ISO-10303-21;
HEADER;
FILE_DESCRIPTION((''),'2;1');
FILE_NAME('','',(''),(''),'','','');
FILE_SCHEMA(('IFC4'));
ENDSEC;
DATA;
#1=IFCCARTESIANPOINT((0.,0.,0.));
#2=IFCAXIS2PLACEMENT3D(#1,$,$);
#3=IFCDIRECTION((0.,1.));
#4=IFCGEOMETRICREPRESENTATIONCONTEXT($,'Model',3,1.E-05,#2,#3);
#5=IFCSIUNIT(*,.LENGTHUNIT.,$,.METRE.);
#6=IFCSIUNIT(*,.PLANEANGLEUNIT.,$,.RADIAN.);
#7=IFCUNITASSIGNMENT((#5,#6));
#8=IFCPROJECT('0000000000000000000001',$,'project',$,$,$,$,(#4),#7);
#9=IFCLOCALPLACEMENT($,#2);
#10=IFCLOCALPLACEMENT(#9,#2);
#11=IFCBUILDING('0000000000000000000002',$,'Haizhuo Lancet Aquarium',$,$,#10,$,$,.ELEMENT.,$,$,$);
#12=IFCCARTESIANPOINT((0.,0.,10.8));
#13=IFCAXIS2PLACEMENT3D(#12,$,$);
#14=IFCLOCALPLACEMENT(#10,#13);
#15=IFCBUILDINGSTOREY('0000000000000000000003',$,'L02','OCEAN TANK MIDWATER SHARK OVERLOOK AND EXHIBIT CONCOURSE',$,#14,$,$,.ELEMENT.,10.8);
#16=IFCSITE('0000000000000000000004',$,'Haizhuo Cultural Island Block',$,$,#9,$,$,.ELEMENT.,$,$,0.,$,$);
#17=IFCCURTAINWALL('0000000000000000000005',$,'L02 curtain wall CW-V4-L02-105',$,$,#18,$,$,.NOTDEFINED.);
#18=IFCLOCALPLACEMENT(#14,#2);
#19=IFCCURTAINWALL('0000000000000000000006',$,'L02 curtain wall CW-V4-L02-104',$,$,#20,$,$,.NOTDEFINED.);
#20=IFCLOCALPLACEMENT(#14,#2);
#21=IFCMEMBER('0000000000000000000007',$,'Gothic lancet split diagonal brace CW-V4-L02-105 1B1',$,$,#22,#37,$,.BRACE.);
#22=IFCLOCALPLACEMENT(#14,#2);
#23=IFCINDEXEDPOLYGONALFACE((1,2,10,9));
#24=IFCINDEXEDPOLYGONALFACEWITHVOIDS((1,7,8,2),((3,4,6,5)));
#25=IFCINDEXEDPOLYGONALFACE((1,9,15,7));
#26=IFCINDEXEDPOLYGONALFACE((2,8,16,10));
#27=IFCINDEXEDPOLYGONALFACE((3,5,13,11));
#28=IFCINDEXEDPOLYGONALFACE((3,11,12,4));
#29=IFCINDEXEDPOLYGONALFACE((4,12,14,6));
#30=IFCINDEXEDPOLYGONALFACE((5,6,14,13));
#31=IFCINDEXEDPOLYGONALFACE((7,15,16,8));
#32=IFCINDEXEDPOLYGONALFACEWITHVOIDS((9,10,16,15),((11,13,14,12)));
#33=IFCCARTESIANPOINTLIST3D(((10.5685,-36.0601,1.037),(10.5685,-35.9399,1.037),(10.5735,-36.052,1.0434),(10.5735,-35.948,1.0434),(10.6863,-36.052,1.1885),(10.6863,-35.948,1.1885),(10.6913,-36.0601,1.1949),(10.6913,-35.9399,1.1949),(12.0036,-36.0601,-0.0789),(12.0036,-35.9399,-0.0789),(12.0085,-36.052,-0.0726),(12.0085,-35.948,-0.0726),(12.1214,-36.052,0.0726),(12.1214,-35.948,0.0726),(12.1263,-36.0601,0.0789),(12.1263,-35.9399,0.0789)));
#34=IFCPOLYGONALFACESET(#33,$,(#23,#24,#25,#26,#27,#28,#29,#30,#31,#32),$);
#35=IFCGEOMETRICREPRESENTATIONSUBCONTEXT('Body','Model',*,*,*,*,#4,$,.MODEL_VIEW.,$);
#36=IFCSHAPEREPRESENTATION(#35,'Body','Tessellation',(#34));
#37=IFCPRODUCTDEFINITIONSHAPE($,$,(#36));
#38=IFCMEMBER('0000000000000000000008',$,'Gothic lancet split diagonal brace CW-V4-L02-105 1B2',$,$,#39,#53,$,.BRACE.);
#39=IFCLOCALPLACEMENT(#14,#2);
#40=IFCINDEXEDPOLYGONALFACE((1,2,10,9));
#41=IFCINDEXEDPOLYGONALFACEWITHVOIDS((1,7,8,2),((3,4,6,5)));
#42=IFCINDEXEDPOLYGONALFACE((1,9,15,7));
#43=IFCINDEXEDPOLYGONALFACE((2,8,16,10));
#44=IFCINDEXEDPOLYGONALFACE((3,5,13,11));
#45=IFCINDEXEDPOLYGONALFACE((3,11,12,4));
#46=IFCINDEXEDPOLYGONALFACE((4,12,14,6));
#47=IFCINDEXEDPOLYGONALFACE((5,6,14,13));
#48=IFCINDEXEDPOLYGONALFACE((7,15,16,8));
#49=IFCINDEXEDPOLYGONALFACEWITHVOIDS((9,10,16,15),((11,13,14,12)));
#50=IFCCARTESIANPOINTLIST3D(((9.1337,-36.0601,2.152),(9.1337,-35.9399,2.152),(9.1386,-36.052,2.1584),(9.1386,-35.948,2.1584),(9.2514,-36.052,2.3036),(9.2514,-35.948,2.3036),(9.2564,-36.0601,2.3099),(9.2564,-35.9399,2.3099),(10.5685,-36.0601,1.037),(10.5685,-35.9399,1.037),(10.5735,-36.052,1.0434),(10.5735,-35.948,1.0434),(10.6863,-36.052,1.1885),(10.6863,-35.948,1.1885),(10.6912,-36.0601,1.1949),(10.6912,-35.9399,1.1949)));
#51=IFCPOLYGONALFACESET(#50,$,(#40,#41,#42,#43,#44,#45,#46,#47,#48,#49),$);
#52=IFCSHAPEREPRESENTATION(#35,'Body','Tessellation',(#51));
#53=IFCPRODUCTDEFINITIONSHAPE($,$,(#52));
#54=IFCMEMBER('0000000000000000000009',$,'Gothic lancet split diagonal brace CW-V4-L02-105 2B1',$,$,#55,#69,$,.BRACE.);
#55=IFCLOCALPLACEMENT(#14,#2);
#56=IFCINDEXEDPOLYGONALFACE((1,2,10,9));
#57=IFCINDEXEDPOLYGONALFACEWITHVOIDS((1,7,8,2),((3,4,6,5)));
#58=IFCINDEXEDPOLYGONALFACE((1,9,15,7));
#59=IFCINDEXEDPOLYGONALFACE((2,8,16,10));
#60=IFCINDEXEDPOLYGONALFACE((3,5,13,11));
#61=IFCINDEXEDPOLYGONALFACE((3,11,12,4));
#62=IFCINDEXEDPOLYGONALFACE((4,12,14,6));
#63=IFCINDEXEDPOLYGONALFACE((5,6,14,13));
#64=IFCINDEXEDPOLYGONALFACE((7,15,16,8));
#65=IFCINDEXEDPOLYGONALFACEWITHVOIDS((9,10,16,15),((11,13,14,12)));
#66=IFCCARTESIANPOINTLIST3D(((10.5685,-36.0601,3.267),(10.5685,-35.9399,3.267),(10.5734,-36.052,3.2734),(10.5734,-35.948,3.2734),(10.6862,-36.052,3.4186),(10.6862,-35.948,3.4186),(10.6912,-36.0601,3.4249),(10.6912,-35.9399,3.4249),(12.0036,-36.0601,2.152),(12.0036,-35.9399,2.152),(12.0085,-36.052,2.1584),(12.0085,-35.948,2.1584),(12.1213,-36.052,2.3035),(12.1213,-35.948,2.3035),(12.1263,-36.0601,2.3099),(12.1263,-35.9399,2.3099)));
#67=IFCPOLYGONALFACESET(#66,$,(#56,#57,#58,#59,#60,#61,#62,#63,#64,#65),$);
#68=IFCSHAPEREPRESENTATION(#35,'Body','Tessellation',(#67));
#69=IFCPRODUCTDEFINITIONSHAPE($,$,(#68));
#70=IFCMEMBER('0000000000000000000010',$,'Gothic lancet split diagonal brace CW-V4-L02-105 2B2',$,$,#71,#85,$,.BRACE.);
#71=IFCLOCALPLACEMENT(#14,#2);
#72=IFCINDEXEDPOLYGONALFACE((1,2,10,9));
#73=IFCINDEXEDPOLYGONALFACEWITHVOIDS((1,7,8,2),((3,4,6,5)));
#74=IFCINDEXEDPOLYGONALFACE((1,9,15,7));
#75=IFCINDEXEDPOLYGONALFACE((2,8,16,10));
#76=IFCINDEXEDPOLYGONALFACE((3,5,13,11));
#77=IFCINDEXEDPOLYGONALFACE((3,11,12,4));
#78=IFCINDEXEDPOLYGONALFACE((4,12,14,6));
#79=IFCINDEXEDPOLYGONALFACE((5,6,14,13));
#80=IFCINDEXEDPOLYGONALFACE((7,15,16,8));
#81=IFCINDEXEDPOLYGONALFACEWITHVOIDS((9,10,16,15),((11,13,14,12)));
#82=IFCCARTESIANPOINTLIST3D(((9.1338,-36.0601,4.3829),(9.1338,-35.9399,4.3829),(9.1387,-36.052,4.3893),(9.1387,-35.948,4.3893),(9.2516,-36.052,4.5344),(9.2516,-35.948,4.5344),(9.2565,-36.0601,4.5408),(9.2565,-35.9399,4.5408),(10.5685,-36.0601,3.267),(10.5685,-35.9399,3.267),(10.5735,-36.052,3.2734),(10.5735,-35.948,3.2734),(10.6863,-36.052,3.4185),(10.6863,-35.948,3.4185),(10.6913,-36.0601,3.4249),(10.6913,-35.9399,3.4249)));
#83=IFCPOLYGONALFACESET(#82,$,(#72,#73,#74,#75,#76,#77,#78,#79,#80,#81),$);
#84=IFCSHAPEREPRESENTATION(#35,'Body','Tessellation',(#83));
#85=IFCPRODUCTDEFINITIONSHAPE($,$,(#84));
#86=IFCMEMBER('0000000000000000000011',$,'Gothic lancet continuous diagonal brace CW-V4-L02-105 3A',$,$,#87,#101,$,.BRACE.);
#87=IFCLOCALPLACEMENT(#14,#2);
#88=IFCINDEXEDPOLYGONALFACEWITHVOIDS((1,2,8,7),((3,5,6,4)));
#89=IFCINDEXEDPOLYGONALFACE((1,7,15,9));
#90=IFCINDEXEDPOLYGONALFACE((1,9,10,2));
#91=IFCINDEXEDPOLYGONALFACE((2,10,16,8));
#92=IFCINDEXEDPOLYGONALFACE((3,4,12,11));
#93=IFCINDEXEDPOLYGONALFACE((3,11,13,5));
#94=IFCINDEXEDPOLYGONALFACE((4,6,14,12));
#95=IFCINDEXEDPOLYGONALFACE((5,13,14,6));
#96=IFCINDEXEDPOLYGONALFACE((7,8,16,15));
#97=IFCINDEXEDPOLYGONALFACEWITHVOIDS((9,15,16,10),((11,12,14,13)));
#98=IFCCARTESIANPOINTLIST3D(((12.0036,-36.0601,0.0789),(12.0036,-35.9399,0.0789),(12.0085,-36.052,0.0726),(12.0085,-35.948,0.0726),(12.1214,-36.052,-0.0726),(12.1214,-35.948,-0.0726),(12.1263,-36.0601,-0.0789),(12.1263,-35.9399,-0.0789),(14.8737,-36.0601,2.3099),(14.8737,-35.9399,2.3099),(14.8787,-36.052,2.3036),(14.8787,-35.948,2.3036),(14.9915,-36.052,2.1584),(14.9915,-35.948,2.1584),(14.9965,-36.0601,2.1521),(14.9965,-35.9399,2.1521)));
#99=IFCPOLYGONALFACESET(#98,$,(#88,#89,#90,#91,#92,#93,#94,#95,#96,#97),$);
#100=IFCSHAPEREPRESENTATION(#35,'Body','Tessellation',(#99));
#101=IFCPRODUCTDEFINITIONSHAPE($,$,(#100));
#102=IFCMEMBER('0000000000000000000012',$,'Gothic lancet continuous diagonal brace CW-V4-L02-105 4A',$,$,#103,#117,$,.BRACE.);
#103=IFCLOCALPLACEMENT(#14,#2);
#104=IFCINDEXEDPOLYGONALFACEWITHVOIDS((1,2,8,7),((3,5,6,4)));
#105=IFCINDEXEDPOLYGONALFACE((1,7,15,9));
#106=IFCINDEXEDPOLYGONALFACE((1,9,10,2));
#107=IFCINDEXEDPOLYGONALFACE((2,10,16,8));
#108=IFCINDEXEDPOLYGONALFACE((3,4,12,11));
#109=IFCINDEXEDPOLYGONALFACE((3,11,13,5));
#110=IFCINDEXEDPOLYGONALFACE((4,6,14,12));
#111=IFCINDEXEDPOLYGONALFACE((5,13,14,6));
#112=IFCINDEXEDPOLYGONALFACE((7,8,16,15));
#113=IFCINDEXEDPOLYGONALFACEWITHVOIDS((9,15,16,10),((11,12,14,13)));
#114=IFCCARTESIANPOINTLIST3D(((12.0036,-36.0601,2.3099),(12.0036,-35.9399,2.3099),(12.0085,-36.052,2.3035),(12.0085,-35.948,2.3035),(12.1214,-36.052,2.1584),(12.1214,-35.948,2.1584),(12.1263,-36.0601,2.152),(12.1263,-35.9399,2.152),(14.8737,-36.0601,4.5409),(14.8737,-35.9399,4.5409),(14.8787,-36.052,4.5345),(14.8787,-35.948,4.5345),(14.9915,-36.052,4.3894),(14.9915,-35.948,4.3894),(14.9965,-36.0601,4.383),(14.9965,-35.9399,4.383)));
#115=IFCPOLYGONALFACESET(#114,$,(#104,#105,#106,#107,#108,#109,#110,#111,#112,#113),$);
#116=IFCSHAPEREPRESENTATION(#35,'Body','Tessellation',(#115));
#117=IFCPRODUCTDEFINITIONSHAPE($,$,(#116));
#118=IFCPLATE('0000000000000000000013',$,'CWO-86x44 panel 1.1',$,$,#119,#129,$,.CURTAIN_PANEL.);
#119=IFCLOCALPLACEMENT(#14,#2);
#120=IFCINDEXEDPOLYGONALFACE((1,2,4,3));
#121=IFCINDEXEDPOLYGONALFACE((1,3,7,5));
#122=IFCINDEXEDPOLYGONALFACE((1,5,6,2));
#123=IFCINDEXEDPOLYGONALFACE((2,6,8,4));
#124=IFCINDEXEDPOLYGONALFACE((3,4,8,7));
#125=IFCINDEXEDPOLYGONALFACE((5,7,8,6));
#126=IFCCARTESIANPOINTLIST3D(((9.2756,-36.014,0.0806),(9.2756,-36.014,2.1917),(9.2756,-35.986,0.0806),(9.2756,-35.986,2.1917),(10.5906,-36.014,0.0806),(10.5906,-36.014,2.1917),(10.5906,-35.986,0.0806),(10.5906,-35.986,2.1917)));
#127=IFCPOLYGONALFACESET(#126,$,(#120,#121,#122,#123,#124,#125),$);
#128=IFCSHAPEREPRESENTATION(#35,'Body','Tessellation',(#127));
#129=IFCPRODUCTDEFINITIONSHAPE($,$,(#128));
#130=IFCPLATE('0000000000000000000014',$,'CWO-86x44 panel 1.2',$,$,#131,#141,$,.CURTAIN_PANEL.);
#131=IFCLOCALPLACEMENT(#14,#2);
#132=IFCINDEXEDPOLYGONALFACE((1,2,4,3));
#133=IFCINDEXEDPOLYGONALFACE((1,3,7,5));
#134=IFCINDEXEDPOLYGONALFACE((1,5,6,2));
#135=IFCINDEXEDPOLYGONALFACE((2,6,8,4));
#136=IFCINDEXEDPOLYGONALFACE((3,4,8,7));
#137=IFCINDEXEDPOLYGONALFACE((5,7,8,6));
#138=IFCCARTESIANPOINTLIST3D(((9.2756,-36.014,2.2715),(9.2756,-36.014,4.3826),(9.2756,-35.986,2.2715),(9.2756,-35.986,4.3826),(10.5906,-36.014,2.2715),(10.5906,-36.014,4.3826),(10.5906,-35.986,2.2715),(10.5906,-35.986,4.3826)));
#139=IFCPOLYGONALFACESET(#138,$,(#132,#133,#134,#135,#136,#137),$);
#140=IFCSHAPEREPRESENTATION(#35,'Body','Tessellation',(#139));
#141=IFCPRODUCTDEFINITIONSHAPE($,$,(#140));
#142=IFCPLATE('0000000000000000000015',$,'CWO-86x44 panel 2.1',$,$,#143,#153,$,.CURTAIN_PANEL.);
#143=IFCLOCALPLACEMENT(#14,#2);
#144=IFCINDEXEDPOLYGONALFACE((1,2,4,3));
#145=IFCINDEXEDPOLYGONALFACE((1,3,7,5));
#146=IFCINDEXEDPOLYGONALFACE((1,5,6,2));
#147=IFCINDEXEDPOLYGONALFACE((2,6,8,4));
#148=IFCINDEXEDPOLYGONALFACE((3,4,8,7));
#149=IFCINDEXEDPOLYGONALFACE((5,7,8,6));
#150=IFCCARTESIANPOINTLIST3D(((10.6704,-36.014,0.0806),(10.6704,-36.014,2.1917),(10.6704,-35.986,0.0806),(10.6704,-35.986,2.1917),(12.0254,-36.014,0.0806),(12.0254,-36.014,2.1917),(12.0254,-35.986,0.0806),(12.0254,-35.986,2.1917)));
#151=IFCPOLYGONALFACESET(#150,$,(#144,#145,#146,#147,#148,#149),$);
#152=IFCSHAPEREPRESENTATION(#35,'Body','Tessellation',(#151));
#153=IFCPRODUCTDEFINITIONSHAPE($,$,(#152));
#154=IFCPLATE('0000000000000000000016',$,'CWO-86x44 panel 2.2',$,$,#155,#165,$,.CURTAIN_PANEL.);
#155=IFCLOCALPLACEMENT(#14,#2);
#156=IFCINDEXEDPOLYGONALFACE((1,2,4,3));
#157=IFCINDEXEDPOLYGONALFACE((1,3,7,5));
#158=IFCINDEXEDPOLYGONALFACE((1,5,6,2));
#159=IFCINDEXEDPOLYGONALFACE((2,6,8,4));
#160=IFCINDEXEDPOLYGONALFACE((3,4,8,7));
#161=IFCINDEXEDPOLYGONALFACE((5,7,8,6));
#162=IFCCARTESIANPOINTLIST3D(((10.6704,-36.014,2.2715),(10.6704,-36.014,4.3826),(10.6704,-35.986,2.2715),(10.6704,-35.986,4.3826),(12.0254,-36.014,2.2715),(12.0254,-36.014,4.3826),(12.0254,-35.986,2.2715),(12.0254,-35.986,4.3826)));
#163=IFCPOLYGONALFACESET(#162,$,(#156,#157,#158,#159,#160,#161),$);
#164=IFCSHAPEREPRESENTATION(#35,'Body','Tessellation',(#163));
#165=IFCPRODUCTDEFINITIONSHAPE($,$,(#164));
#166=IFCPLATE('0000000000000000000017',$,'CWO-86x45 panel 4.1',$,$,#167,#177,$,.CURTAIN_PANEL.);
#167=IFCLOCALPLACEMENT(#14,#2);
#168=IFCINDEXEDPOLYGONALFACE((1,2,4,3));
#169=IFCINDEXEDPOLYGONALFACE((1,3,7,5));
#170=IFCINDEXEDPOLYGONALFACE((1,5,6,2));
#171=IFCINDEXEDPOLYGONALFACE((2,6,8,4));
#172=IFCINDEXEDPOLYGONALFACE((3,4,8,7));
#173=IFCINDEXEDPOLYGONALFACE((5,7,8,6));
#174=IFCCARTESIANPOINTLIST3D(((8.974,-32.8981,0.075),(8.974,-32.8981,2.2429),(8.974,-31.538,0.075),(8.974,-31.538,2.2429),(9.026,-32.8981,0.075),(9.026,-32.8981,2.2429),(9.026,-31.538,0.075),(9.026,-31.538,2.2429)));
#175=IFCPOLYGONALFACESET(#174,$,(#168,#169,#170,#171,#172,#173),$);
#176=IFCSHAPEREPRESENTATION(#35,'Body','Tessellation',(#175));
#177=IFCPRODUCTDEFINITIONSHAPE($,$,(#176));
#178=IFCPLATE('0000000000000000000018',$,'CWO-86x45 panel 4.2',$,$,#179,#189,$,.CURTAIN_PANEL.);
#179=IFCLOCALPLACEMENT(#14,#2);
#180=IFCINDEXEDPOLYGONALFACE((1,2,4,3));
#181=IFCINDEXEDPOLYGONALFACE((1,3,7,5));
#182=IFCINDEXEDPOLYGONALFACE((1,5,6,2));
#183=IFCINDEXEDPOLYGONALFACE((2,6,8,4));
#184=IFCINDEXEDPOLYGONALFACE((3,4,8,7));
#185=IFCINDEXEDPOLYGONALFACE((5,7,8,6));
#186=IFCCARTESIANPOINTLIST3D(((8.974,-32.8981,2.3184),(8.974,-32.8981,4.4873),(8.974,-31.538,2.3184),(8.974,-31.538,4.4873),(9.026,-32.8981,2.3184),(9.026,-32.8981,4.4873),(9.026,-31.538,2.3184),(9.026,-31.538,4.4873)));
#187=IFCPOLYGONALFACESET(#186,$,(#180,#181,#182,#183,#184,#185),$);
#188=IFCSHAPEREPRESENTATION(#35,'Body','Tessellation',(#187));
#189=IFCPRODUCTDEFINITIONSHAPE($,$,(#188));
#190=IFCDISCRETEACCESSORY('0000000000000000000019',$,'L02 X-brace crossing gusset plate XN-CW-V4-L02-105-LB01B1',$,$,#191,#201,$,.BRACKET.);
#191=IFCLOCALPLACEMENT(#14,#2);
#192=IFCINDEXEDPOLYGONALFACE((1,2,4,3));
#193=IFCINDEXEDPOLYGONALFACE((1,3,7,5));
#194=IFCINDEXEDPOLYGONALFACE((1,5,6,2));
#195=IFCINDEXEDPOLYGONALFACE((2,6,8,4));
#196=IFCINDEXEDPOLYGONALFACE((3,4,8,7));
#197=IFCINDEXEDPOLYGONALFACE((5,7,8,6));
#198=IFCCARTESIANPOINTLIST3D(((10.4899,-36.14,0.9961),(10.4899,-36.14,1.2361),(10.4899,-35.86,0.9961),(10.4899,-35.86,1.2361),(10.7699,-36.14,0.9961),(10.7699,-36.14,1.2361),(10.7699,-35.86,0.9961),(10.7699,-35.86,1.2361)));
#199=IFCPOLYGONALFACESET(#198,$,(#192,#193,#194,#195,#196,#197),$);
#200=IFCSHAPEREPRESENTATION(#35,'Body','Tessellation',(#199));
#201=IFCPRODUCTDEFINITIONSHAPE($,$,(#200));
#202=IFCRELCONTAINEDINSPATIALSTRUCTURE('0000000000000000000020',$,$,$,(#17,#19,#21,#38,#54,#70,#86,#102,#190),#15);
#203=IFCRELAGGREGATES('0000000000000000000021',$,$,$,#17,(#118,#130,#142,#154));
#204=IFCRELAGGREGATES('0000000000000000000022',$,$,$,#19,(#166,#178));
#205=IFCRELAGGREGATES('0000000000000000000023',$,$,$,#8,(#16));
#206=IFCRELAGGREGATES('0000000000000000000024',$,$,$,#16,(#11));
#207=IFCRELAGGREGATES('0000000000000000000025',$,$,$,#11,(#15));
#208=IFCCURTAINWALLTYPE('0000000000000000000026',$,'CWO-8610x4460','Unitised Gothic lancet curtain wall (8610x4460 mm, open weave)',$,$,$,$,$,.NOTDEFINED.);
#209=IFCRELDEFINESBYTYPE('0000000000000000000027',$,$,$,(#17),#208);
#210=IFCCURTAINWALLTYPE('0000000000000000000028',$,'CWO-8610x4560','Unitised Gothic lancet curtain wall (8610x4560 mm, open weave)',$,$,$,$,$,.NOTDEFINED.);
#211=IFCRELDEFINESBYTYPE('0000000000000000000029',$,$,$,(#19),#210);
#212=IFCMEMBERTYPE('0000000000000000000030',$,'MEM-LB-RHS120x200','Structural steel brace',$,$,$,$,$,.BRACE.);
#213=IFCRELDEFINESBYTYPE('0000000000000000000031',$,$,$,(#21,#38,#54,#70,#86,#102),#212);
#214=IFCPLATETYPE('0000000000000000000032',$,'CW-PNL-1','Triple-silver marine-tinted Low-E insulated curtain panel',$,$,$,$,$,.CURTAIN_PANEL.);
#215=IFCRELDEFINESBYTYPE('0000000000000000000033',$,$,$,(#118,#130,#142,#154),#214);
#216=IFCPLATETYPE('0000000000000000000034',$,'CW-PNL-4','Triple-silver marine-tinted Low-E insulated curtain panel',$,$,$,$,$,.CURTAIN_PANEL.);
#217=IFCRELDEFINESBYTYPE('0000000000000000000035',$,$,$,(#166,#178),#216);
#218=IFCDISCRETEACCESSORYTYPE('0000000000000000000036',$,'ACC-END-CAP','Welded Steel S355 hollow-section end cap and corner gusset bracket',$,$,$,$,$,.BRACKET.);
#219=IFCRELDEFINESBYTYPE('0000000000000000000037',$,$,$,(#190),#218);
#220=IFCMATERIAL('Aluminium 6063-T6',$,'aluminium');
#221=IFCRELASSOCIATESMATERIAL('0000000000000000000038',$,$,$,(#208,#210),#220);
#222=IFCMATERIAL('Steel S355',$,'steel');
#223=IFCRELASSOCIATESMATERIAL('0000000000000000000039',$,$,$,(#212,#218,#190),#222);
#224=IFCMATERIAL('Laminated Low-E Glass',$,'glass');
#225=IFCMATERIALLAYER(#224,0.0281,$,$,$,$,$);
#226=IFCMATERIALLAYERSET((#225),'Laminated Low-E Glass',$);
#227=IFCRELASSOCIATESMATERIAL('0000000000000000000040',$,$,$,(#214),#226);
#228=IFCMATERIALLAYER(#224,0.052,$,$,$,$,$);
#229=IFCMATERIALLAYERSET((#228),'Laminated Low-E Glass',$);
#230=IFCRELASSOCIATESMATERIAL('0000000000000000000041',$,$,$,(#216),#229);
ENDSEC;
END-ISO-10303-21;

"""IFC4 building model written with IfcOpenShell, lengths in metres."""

from ifc_helpers import new_model, si_unit, direction, frame, origin, origin_2d, place, context, subcontext, project, spatial, rectangle, hollow_rectangle, extrude, material, layer, layer_set, material_profile, profile_set, type_object, element, aggregate, save


model = new_model("IFC4")

# Units and contexts
model_context = context("Model", 3, precision=1e-05, world=origin(), true_north=direction((0.0, 1.0)))
body_context = subcontext(model_context, "Body", "Model", "MODEL_VIEW")
ifc_project = project(units=[si_unit("LENGTHUNIT", "METRE"), si_unit("PLANEANGLEUNIT", "RADIAN")], contexts=[model_context])

# Site, building, storey
site_placement = place(None, origin())
site = spatial("IfcSite", under=ifc_project, at=site_placement, Name="Haizhuo Cultural Island Block", CompositionType="ELEMENT", RefElevation=0.0)
building_placement = place(site_placement, origin())
building = spatial("IfcBuilding", under=site, at=building_placement, Name="Haizhuo Lancet Aquarium", CompositionType="ELEMENT")
storey_placement = place(building_placement, frame((0.0, 0.0, 10.8)))
storey = spatial("IfcBuildingStorey", under=building, at=storey_placement, Name="L02", Description="OCEAN TANK MIDWATER SHARK OVERLOOK AND EXHIBIT CONCOURSE", CompositionType="ELEMENT", Elevation=10.8)

# Curtain walls
ifc_material_1 = material(Name="Aluminium 6063-T6", Category="aluminium")
curtain_wall_type_1 = type_object("IfcCurtainWallType", Name="CWO-8610x4460", Description="Unitised Gothic lancet curtain wall (8610x4460 mm, open weave)", PredefinedType="NOTDEFINED", material=ifc_material_1)
curtain_wall_1_placement = place(storey_placement, origin())
curtain_wall_1 = element("IfcCurtainWall", 1, at=curtain_wall_1_placement, inside=storey, type_object=curtain_wall_type_1, Name="L02 curtain wall CW-V4-L02-105", PredefinedType="NOTDEFINED")
curtain_wall_type_2 = type_object("IfcCurtainWallType", Name="CWO-8610x4560", Description="Unitised Gothic lancet curtain wall (8610x4560 mm, open weave)", PredefinedType="NOTDEFINED", material=ifc_material_1)
curtain_wall_2_placement = place(storey_placement, origin())
curtain_wall_2 = element("IfcCurtainWall", 2, at=curtain_wall_2_placement, inside=storey, type_object=curtain_wall_type_2, Name="L02 curtain wall CW-V4-L02-104", PredefinedType="NOTDEFINED")

# Members
ifc_material_2 = material(Name="Steel S355", Category="steel")
ifc_material_profile_1 = material_profile(ifc_material_2, hollow_rectangle(XDim=0.1201, YDim=0.2, WallThickness=0.0081, at=origin_2d()), Name="RHS 120x200x8")
ifc_profile_set_1 = profile_set([ifc_material_profile_1], Name="Steel S355")
member_type_1 = type_object("IfcMemberType", Name="MEM-LB-RHS120x200", Description="Structural steel brace", PredefinedType="BRACE", material=ifc_profile_set_1)
member_1_placement = place(storey_placement, frame((12.0649, -36.0, 0.0), z_axis=(-0.789403, 0.0, 0.613876), x_axis=(0.0, -1.0, 0.0)))
element("IfcMember", 3, at=member_1_placement, inside=storey, type_object=member_type_1, Name="Gothic lancet split diagonal brace CW-V4-L02-105 1B1", PredefinedType="BRACE", context=body_context, shape_type="SweptSolid", body=[
    extrude(hollow_rectangle(XDim=0.1201, YDim=0.2, WallThickness=0.0081, at=origin_2d()), origin(), (0.0, 0.0, 1.0), 1.8179),
])
member_2_placement = place(storey_placement, frame((10.6299, -36.0, 1.116), z_axis=(-0.789613, 0.0, 0.613606), x_axis=(0.0, -1.0, 0.0)))
element("IfcMember", 4, at=member_2_placement, inside=storey, type_object=member_type_1, Name="Gothic lancet split diagonal brace CW-V4-L02-105 1B2", PredefinedType="BRACE", context=body_context, shape_type="SweptSolid", body=[
    extrude(hollow_rectangle(XDim=0.1201, YDim=0.2, WallThickness=0.0081, at=origin_2d()), origin(), (0.0, 0.0, 1.0), 1.8171),
])
member_3_placement = place(storey_placement, frame((12.0649, -36.0, 2.231), z_axis=(-0.789663, 0.0, 0.613541), x_axis=(0.0, -1.0, 0.0)))
element("IfcMember", 5, at=member_3_placement, inside=storey, type_object=member_type_1, Name="Gothic lancet split diagonal brace CW-V4-L02-105 2B1", PredefinedType="BRACE", context=body_context, shape_type="SweptSolid", body=[
    extrude(hollow_rectangle(XDim=0.1201, YDim=0.2, WallThickness=0.0081, at=origin_2d()), origin(), (0.0, 0.0, 1.0), 1.8174),
])
member_4_placement = place(storey_placement, frame((10.6299, -36.0, 3.3459), z_axis=(-0.789352, 0.0, 0.613941), x_axis=(0.0, -1.0, 0.0)))
element("IfcMember", 6, at=member_4_placement, inside=storey, type_object=member_type_1, Name="Gothic lancet split diagonal brace CW-V4-L02-105 2B2", PredefinedType="BRACE", context=body_context, shape_type="SweptSolid", body=[
    extrude(hollow_rectangle(XDim=0.1201, YDim=0.2, WallThickness=0.0081, at=origin_2d()), origin(), (0.0, 0.0, 1.0), 1.8176),
])
for number, where, z_axis, x_axis, name in (
    (7, (12.0649, -36.0, 0.0), (0.789533, 0.0, 0.613708), (0.0, 1.0, 0.0), "Gothic lancet continuous diagonal brace CW-V4-L02-105 3A"),
    (8, (12.0649, -36.0, 2.231), (0.789533, 0.0, 0.613708), (0.0, 1.0, 0.0), "Gothic lancet continuous diagonal brace CW-V4-L02-105 4A"),
):
    element("IfcMember", number, at=place(storey_placement, frame(where, z_axis=z_axis, x_axis=x_axis)), inside=storey, type_object=member_type_1, Name=name, PredefinedType="BRACE", context=body_context, shape_type="SweptSolid", body=[
        extrude(hollow_rectangle(XDim=0.1201, YDim=0.2, WallThickness=0.0081, at=origin_2d()), origin(), (0.0, 0.0, 1.0), 3.6353),
    ])

# Plates
ifc_material_3 = material(Name="Laminated Low-E Glass", Category="glass")
ifc_layer_1 = layer(ifc_material_3, 0.0281)
ifc_layer_set_1 = layer_set([ifc_layer_1], Name="Laminated Low-E Glass")
plate_type_1 = type_object("IfcPlateType", Name="CW-PNL-1", Description="Triple-silver marine-tinted Low-E insulated curtain panel", PredefinedType="CURTAIN_PANEL", material=ifc_layer_set_1)
plate_1_placement = place(storey_placement, frame((9.9331, -36.0, 0.0806), z_axis=(0.0, 0.0, 1.0), x_axis=(1.0, 0.0, 0.0)))
plate_1 = element("IfcPlate", 9, at=plate_1_placement, type_object=plate_type_1, Name="CWO-86x44 panel 1.1", PredefinedType="CURTAIN_PANEL", context=body_context, shape_type="SweptSolid", body=[
    extrude(rectangle(XDim=1.3149, YDim=0.0281, at=origin_2d()), origin(), (0.0, 0.0, 1.0), 2.1111),
])
plate_2_placement = place(storey_placement, frame((9.9331, -36.0, 2.2715), z_axis=(0.0, 0.0, 1.0), x_axis=(1.0, 0.0, 0.0)))
plate_2 = element("IfcPlate", 10, at=plate_2_placement, type_object=plate_type_1, Name="CWO-86x44 panel 1.2", PredefinedType="CURTAIN_PANEL", context=body_context, shape_type="SweptSolid", body=[
    extrude(rectangle(XDim=1.3149, YDim=0.0281, at=origin_2d()), origin(), (0.0, 0.0, 1.0), 2.1111),
])
plate_3_placement = place(storey_placement, frame((11.3479, -36.0, 0.0806), z_axis=(0.0, 0.0, 1.0), x_axis=(1.0, 0.0, 0.0)))
plate_3 = element("IfcPlate", 11, at=plate_3_placement, type_object=plate_type_1, Name="CWO-86x44 panel 2.1", PredefinedType="CURTAIN_PANEL", context=body_context, shape_type="SweptSolid", body=[
    extrude(rectangle(XDim=1.355, YDim=0.0281, at=origin_2d()), origin(), (0.0, 0.0, 1.0), 2.1111),
])
plate_4_placement = place(storey_placement, frame((11.3479, -36.0, 2.2715), z_axis=(0.0, 0.0, 1.0), x_axis=(1.0, 0.0, 0.0)))
plate_4 = element("IfcPlate", 12, at=plate_4_placement, type_object=plate_type_1, Name="CWO-86x44 panel 2.2", PredefinedType="CURTAIN_PANEL", context=body_context, shape_type="SweptSolid", body=[
    extrude(rectangle(XDim=1.355, YDim=0.0281, at=origin_2d()), origin(), (0.0, 0.0, 1.0), 2.1111),
])
aggregate(curtain_wall_1, [plate_1, plate_2, plate_3, plate_4])
ifc_layer_2 = layer(ifc_material_3, 0.052)
ifc_layer_set_2 = layer_set([ifc_layer_2], Name="Laminated Low-E Glass")
plate_type_2 = type_object("IfcPlateType", Name="CW-PNL-4", Description="Triple-silver marine-tinted Low-E insulated curtain panel", PredefinedType="CURTAIN_PANEL", material=ifc_layer_set_2)
plate_5_placement = place(storey_placement, frame((9.0, -32.218, 0.075), z_axis=(0.0, 0.0, 1.0), x_axis=(0.0, -1.0, 0.0)))
plate_5 = element("IfcPlate", 13, at=plate_5_placement, type_object=plate_type_2, Name="CWO-86x45 panel 4.1", PredefinedType="CURTAIN_PANEL", context=body_context, shape_type="SweptSolid", body=[
    extrude(rectangle(XDim=1.3601, YDim=0.052, at=origin_2d()), origin(), (0.0, 0.0, 1.0), 2.168),
])
plate_6_placement = place(storey_placement, frame((9.0, -32.218, 2.3184), z_axis=(0.0, 0.0, 1.0), x_axis=(0.0, -1.0, 0.0)))
plate_6 = element("IfcPlate", 14, at=plate_6_placement, type_object=plate_type_2, Name="CWO-86x45 panel 4.2", PredefinedType="CURTAIN_PANEL", context=body_context, shape_type="SweptSolid", body=[
    extrude(rectangle(XDim=1.3601, YDim=0.052, at=origin_2d()), origin(), (0.0, 0.0, 1.0), 2.1689),
])
aggregate(curtain_wall_2, [plate_5, plate_6])

# Discrete accessory
discrete_accessory_type = type_object("IfcDiscreteAccessoryType", Name="ACC-END-CAP", Description="Welded Steel S355 hollow-section end cap and corner gusset bracket", PredefinedType="BRACKET", material=ifc_material_2)
for number, where, z_axis, x_axis, name in (
    (15, (10.6299, -36.0, 0.9961), (0.0, 0.0, 1.0), (1.0, 0.0, 0.0), "L02 X-brace crossing gusset plate XN-CW-V4-L02-105-LB01B1"),
):
    element("IfcDiscreteAccessory", number, at=place(storey_placement, frame(where, z_axis=z_axis, x_axis=x_axis)), inside=storey, type_object=discrete_accessory_type, material=ifc_material_2, Name=name, PredefinedType="BRACKET", context=body_context, shape_type="SweptSolid", body=[
        extrude(rectangle(XDim=0.28, YDim=0.28, at=origin_2d()), origin(), (0.0, 0.0, 1.0), 0.24),
    ])

save(model, "model.ifc")
